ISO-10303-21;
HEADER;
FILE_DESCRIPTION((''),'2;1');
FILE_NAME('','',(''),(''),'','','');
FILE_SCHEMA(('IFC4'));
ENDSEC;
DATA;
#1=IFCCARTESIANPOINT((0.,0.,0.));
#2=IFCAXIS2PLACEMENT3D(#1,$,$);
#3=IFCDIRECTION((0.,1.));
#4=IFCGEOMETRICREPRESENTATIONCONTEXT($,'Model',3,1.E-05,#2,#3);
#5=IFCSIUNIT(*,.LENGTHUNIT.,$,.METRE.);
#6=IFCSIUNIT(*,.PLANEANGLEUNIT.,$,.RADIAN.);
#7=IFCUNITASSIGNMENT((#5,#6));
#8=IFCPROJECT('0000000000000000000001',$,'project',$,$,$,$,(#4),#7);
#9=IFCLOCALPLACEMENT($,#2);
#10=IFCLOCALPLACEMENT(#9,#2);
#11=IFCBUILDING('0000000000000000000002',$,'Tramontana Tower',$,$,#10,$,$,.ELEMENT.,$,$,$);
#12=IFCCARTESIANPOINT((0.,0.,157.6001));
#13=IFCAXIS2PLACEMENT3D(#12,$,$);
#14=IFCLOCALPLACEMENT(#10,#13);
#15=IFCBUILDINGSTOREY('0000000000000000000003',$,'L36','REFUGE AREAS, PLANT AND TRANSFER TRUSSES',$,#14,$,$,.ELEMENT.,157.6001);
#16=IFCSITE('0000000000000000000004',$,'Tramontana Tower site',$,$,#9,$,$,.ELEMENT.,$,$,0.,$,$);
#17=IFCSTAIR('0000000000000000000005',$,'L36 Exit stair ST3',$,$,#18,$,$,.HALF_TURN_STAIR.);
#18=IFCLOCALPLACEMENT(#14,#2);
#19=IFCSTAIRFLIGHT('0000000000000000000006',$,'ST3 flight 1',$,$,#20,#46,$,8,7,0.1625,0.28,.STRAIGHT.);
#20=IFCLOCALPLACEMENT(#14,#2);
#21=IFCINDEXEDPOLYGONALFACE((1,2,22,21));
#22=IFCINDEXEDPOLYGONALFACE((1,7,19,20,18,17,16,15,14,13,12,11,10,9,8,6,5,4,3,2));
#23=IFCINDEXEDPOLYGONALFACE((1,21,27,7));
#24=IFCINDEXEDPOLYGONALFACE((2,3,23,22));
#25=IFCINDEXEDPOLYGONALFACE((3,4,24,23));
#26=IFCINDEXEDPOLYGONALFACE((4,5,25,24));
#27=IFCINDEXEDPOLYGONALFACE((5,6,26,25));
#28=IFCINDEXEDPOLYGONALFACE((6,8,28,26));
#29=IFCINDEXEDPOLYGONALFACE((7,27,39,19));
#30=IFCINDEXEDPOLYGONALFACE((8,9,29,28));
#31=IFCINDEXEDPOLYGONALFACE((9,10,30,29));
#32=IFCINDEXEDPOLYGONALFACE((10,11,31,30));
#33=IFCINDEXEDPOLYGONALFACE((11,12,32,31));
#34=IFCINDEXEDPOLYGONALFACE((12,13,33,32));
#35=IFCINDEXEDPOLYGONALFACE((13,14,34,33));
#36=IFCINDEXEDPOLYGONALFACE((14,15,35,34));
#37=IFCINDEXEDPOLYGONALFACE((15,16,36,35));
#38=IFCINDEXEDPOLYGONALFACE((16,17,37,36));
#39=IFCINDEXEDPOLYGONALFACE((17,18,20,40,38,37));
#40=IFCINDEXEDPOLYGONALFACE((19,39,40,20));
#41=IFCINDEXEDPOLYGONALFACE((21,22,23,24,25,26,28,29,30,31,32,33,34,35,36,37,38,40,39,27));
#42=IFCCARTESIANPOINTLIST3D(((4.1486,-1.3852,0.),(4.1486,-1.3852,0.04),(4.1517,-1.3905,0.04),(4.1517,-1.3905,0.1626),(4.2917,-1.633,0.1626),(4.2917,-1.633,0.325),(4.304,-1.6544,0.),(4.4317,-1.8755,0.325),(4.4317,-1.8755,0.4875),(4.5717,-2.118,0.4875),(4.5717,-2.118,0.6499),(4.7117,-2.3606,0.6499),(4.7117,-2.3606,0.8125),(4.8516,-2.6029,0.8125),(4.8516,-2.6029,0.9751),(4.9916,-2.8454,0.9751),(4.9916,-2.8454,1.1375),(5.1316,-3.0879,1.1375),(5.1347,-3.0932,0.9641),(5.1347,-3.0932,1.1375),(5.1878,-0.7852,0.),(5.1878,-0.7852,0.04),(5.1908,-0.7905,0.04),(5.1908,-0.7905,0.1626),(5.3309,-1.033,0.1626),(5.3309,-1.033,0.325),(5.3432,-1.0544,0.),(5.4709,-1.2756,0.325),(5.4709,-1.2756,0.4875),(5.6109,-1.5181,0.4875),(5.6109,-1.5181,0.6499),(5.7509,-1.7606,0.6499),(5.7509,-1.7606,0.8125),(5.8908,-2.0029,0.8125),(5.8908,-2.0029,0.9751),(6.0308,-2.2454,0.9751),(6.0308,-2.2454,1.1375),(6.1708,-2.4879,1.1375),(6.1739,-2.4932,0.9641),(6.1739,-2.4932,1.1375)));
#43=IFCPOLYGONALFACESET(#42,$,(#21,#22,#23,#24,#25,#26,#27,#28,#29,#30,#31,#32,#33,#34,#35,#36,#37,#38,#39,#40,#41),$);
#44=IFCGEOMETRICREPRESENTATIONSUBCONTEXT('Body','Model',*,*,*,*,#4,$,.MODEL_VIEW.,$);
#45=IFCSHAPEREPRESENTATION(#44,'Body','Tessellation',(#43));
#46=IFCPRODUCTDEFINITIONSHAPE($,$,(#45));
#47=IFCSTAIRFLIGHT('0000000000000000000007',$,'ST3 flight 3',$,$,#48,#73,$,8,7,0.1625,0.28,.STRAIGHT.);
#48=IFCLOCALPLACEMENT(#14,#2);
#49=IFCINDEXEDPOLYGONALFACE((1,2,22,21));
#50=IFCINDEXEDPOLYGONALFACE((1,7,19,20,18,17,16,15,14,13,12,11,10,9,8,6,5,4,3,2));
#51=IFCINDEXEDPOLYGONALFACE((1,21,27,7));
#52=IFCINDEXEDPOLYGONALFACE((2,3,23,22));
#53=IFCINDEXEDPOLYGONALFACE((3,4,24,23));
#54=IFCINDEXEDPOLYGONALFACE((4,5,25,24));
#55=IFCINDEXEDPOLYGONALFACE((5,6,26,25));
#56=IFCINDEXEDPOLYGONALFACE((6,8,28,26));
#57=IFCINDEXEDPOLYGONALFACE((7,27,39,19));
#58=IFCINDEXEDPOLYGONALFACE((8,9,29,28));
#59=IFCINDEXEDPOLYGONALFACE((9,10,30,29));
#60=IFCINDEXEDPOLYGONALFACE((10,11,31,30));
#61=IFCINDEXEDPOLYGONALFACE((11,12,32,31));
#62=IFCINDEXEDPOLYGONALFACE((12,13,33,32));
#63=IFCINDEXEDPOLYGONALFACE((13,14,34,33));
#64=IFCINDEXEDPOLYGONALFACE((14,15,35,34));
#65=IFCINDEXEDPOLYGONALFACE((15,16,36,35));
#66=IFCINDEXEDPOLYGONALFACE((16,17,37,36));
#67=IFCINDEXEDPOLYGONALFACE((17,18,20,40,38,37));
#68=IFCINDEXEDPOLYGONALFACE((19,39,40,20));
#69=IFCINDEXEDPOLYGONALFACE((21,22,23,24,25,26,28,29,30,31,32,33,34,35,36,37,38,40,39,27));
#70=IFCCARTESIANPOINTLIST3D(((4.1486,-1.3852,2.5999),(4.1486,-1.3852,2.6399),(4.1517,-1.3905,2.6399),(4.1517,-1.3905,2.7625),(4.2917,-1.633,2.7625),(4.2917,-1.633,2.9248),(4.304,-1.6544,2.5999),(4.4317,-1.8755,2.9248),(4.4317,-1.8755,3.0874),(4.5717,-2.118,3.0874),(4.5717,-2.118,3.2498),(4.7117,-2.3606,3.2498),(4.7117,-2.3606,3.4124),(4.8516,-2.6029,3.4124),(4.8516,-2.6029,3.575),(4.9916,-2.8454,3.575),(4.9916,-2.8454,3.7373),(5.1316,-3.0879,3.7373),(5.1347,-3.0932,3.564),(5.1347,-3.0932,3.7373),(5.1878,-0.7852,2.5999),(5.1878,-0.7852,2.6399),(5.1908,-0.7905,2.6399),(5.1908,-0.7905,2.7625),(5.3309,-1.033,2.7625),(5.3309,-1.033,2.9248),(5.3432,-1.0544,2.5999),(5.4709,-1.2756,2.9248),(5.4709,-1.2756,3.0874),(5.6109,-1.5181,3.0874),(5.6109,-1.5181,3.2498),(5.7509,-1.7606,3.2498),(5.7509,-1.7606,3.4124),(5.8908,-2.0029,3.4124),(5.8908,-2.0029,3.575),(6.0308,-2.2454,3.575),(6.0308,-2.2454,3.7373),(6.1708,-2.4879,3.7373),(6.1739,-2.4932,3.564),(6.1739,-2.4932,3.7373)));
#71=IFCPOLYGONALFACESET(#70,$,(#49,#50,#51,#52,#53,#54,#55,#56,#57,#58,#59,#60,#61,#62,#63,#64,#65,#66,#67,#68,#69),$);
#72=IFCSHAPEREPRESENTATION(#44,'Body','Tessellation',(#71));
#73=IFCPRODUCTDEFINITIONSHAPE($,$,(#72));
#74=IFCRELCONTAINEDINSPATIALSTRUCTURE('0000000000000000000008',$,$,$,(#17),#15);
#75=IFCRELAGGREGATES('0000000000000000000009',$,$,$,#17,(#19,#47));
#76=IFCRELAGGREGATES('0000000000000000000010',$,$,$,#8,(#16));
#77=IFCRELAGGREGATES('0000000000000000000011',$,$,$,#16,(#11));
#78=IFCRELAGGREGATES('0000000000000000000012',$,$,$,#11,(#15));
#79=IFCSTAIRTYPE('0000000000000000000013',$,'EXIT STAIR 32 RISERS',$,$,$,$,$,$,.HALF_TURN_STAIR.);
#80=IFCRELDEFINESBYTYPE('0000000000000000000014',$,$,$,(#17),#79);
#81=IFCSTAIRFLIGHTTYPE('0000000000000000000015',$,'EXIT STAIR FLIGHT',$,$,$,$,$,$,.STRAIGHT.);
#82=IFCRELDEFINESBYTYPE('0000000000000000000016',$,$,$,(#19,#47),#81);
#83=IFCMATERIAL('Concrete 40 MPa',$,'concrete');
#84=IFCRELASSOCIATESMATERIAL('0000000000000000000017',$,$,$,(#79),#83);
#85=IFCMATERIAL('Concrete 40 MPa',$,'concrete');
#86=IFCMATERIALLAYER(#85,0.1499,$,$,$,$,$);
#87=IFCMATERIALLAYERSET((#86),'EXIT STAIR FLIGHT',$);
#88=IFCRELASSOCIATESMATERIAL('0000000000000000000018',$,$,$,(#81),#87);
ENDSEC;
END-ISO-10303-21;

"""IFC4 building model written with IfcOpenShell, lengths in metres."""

from ifc_helpers import new_model, si_unit, direction, frame, origin, place, context, subcontext, project, spatial, polyline, outline, extrude, material, layer, layer_set, type_object, element, aggregate, save


model = new_model("IFC4")

# Units and contexts
model_context = context("Model", 3, precision=1e-05, world=origin(), true_north=direction((0.0, 1.0)))
body_context = subcontext(model_context, "Body", "Model", "MODEL_VIEW")
ifc_project = project(units=[si_unit("LENGTHUNIT", "METRE"), si_unit("PLANEANGLEUNIT", "RADIAN")], contexts=[model_context])

# Site, building, storey
site_placement = place(None, origin())
site = spatial("IfcSite", under=ifc_project, at=site_placement, Name="Tramontana Tower site", CompositionType="ELEMENT", RefElevation=0.0)
building_placement = place(site_placement, origin())
building = spatial("IfcBuilding", under=site, at=building_placement, Name="Tramontana Tower", CompositionType="ELEMENT")
storey_placement = place(building_placement, frame((0.0, 0.0, 157.6001)))
storey = spatial("IfcBuildingStorey", under=building, at=storey_placement, Name="L36", Description="REFUGE AREAS, PLANT AND TRANSFER TRUSSES", CompositionType="ELEMENT", Elevation=157.6001)

# Stair
ifc_material_1 = material(Name="Concrete 40 MPa", Category="concrete")
stair_type = type_object("IfcStairType", Name="EXIT STAIR 32 RISERS", PredefinedType="HALF_TURN_STAIR", material=ifc_material_1)
stair_1_placement = place(storey_placement, origin())
stair_1 = element("IfcStair", 1, at=stair_1_placement, inside=storey, type_object=stair_type, Name="L36 Exit stair ST3", PredefinedType="HALF_TURN_STAIR")

# Stair flights
ifc_material_2 = material(Name="Concrete 40 MPa", Category="concrete")
ifc_layer_1 = layer(ifc_material_2, 0.1499)
ifc_layer_set_1 = layer_set([ifc_layer_1], Name="EXIT STAIR FLIGHT")
stair_flight_type = type_object("IfcStairFlightType", Name="EXIT STAIR FLIGHT", PredefinedType="STRAIGHT", material=ifc_layer_set_1)
stair_flight_1_placement = place(storey_placement, frame((4.6711, -1.0906, 0.0), z_axis=(0.0, 0.0, 1.0), x_axis=(0.5, -0.866025, 0.0)))
stair_flight_1 = element("IfcStairFlight", 2, at=stair_flight_1_placement, type_object=stair_flight_type, Name="ST3 flight 1", NumberOfRisers=8, NumberOfTreads=7, PredefinedType="STRAIGHT", RiserHeight=0.1625, TreadLength=0.28, context=body_context, shape_type="SweptSolid", body=[
    extrude(outline(polyline([(-0.0061, 0.0), (-0.0061, 0.04), (0.0, 0.04), (0.0, 0.1626), (0.28, 0.1626), (0.28, 0.325), (0.5601, 0.325), (0.5601, 0.4875), (0.8401, 0.4875), (0.8401, 0.6499), (1.1201, 0.6499), (1.1201, 0.8125), (1.3999, 0.8125), (1.3999, 0.9751), (1.6799, 0.9751), (1.6799, 1.1375), (1.96, 1.1375), (1.9661, 1.1375), (1.9661, 0.9641), (0.3047, 0.0), (-0.0061, 0.0)])), frame((0.0, 0.6001, 0.0), z_axis=(0.0, -1.0, 0.0), x_axis=(1.0, 0.0, 0.0)), (0.0, 0.0, 1.0), 1.2),
])
stair_flight_2_placement = place(storey_placement, frame((4.6711, -1.0906, 2.5999), z_axis=(0.0, 0.0, 1.0), x_axis=(0.5, -0.866025, 0.0)))
stair_flight_2 = element("IfcStairFlight", 3, at=stair_flight_2_placement, type_object=stair_flight_type, Name="ST3 flight 3", NumberOfRisers=8, NumberOfTreads=7, PredefinedType="STRAIGHT", RiserHeight=0.1625, TreadLength=0.28, context=body_context, shape_type="SweptSolid", body=[
    extrude(outline(polyline([(-0.0061, 0.0), (-0.0061, 0.04), (0.0, 0.04), (0.0, 0.1626), (0.28, 0.1626), (0.28, 0.325), (0.5601, 0.325), (0.5601, 0.4875), (0.8401, 0.4875), (0.8401, 0.6499), (1.1201, 0.6499), (1.1201, 0.8125), (1.3999, 0.8125), (1.3999, 0.9751), (1.6799, 0.9751), (1.6799, 1.1375), (1.96, 1.1375), (1.9661, 1.1375), (1.9661, 0.9641), (0.3047, 0.0), (-0.0061, 0.0)])), frame((0.0, 0.6001, 0.0), z_axis=(0.0, -1.0, 0.0), x_axis=(1.0, 0.0, 0.0)), (0.0, 0.0, 1.0), 1.2),
])
aggregate(stair_1, [stair_flight_1, stair_flight_2])

save(model, "model.ifc")
